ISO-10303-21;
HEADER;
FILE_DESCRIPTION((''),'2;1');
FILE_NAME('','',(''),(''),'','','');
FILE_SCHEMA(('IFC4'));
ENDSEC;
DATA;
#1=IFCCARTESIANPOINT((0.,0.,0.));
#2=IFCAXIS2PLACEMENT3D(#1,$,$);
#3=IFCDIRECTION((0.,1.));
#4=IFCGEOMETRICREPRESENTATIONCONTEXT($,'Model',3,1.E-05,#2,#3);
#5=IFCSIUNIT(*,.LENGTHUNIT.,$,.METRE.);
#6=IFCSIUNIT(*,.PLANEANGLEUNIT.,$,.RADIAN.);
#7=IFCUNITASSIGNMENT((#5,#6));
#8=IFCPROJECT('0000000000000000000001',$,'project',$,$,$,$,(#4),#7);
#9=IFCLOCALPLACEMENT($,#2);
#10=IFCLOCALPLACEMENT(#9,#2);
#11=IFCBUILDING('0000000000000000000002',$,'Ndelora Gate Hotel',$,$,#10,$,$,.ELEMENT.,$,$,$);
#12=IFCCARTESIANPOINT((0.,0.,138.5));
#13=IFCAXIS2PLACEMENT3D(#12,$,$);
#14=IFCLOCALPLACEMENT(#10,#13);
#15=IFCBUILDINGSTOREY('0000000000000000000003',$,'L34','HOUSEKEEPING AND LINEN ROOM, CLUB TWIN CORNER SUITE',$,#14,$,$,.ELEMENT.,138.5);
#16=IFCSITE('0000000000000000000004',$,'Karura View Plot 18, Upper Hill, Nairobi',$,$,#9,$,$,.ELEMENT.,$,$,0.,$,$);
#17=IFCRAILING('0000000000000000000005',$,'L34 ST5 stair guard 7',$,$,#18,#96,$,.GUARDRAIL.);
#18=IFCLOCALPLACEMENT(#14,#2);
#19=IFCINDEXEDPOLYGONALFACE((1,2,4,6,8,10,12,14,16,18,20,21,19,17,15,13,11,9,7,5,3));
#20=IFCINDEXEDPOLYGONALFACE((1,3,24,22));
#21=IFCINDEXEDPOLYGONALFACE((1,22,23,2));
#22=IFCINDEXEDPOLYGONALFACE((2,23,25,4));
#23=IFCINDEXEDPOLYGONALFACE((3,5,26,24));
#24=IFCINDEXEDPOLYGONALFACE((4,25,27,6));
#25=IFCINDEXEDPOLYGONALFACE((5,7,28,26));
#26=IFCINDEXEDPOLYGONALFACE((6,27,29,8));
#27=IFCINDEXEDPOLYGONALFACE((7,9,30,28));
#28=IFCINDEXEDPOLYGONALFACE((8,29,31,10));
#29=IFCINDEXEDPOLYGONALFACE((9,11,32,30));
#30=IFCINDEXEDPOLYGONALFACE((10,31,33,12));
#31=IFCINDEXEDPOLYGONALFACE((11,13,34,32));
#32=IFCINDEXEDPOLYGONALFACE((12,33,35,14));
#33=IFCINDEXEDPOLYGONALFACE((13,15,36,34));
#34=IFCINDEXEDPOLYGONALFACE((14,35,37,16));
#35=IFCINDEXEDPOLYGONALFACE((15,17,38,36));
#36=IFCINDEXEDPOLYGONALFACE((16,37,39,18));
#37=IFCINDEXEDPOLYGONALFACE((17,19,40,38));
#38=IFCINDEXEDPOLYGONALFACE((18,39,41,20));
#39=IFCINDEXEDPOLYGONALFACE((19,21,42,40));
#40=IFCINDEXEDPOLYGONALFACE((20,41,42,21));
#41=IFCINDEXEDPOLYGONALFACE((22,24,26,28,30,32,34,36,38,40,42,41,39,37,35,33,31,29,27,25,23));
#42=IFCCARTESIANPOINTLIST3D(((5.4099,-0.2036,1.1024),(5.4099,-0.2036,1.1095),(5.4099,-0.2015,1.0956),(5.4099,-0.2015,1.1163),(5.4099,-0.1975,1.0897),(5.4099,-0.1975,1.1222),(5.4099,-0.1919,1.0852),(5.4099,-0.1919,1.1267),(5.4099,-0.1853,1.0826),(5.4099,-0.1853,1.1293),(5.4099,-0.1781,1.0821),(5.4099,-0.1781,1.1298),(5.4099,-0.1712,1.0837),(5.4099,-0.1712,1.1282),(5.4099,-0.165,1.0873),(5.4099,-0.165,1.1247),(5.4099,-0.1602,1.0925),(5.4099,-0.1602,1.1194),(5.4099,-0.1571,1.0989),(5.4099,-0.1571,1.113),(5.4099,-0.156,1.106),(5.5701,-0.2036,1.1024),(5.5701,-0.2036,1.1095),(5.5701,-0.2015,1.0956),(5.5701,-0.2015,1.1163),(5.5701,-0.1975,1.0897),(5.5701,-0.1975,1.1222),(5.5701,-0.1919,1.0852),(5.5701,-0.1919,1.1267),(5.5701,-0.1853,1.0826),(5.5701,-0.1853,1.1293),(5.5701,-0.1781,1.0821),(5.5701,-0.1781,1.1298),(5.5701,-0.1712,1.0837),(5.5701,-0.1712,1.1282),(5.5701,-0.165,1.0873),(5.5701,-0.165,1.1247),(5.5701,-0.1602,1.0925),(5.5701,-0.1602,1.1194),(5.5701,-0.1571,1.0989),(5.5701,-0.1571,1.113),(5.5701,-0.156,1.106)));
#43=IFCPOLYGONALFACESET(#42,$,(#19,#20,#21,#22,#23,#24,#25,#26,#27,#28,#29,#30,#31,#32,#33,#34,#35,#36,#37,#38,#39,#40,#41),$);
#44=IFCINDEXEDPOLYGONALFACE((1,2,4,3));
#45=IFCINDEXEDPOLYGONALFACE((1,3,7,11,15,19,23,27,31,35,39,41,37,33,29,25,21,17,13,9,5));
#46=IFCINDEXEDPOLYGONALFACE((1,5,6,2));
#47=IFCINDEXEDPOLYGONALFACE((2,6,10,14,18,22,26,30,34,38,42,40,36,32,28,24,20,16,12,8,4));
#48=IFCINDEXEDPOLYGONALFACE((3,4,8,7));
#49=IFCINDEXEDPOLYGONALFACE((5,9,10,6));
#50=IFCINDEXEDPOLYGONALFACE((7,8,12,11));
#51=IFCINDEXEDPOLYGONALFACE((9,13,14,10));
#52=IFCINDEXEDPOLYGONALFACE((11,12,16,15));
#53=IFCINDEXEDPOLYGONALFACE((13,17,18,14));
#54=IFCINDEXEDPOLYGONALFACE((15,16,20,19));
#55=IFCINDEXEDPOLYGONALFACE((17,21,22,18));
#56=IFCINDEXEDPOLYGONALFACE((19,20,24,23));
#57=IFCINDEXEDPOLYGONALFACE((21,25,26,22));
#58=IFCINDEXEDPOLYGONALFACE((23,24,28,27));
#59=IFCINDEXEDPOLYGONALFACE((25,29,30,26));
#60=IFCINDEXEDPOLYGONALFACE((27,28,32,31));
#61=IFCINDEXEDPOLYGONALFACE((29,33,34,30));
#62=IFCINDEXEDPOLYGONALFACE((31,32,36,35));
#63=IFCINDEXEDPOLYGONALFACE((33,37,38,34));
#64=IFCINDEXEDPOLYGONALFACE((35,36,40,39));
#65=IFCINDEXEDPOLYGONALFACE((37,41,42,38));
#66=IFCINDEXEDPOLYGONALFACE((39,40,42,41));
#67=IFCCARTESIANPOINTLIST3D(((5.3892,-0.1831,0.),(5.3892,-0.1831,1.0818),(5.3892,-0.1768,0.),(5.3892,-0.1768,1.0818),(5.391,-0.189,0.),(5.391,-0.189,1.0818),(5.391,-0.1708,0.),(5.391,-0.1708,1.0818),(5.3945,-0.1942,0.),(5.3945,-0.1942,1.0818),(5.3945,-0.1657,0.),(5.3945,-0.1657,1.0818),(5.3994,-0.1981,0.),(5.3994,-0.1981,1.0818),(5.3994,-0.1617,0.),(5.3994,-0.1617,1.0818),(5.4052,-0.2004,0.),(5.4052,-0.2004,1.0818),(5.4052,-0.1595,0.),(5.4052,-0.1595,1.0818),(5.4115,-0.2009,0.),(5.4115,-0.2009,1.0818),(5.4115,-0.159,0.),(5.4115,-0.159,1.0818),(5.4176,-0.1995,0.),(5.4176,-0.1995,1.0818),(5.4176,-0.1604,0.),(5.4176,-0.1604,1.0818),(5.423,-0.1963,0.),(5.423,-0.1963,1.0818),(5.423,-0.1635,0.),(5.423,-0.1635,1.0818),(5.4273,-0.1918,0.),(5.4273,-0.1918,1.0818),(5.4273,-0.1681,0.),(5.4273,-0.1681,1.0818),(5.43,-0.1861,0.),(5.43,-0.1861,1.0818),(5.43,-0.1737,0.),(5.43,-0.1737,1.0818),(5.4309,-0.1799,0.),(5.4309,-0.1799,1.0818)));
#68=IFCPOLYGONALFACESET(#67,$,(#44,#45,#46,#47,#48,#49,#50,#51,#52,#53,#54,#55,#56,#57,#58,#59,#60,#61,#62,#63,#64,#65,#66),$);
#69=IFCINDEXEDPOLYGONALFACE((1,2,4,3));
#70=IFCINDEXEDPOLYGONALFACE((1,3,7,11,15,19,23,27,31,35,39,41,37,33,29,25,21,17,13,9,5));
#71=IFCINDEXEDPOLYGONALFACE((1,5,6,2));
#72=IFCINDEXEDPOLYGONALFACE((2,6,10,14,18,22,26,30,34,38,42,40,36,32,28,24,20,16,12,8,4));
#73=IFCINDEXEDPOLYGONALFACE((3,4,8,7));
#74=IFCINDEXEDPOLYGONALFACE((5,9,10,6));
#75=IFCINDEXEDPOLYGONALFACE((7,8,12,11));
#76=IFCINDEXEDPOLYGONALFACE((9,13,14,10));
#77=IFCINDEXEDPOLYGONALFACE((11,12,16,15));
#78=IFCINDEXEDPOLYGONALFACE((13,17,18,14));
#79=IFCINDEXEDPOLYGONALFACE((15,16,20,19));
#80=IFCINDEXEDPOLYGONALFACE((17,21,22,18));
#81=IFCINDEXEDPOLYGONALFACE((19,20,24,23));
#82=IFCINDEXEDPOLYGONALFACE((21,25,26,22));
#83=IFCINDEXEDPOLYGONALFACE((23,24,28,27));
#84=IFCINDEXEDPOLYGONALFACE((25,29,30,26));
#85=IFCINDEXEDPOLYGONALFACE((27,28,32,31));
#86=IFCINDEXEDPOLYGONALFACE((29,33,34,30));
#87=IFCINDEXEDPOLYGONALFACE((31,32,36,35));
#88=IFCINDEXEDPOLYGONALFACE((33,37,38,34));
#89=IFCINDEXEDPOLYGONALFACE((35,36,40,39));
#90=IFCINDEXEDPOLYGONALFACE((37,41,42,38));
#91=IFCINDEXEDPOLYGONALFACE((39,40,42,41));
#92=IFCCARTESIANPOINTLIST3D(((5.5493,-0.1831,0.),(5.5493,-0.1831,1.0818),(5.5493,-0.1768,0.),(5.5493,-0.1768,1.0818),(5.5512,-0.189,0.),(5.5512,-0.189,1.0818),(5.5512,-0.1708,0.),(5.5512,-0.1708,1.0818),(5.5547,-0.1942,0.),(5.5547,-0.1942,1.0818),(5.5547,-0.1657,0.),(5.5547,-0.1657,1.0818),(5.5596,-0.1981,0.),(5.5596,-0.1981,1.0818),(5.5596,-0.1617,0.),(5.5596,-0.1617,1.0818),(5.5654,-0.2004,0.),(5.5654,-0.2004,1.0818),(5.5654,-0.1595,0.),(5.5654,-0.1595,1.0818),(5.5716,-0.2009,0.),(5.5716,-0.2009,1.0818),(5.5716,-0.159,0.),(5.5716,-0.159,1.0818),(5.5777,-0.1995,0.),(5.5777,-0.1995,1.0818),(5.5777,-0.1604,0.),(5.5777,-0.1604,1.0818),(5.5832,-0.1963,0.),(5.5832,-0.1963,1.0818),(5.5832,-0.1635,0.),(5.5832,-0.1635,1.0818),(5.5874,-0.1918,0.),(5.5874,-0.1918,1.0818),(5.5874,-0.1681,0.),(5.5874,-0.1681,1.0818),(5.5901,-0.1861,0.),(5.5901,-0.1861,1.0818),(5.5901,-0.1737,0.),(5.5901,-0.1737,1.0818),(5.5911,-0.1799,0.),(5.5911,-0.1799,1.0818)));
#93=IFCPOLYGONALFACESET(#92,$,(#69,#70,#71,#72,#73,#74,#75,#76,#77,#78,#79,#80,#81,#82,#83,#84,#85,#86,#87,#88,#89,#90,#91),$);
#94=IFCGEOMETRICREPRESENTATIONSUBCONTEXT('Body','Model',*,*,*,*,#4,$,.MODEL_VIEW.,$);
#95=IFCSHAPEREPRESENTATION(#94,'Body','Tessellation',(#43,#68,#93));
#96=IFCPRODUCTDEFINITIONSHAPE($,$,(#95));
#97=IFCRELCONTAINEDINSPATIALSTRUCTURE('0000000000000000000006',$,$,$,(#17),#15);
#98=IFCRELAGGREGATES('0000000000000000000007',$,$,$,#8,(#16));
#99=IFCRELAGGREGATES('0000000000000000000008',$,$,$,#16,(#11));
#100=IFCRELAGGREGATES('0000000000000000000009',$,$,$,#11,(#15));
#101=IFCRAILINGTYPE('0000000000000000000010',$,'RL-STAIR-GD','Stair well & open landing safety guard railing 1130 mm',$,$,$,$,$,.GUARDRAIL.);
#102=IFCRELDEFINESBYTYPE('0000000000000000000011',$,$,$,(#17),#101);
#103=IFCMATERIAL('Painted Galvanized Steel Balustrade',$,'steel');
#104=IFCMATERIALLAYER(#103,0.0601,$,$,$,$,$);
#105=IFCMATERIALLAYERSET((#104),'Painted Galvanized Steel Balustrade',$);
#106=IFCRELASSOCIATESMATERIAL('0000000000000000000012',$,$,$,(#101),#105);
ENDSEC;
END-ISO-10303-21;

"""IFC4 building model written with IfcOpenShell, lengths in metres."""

from ifc_helpers import new_model, si_unit, direction, frame, origin, origin_2d, place, context, subcontext, project, spatial, circle, extrude, material, layer, layer_set, type_object, element, save


model = new_model("IFC4")

# Units and contexts
model_context = context("Model", 3, precision=1e-05, world=origin(), true_north=direction((0.0, 1.0)))
body_context = subcontext(model_context, "Body", "Model", "MODEL_VIEW")
ifc_project = project(units=[si_unit("LENGTHUNIT", "METRE"), si_unit("PLANEANGLEUNIT", "RADIAN")], contexts=[model_context])

# Site, building, storey
site_placement = place(None, origin())
site = spatial("IfcSite", under=ifc_project, at=site_placement, Name="Karura View Plot 18, Upper Hill, Nairobi", CompositionType="ELEMENT", RefElevation=0.0)
building_placement = place(site_placement, origin())
building = spatial("IfcBuilding", under=site, at=building_placement, Name="Ndelora Gate Hotel", CompositionType="ELEMENT")
storey_placement = place(building_placement, frame((0.0, 0.0, 138.5)))
storey = spatial("IfcBuildingStorey", under=building, at=storey_placement, Name="L34", Description="HOUSEKEEPING AND LINEN ROOM, CLUB TWIN CORNER SUITE", CompositionType="ELEMENT", Elevation=138.5)

# Railing
ifc_material_1 = material(Name="Painted Galvanized Steel Balustrade", Category="steel")
ifc_layer_1 = layer(ifc_material_1, 0.0601)
ifc_layer_set_1 = layer_set([ifc_layer_1], Name="Painted Galvanized Steel Balustrade")
railing_type_1 = type_object("IfcRailingType", Name="RL-STAIR-GD", Description="Stair well & open landing safety guard railing 1130 mm", PredefinedType="GUARDRAIL", material=ifc_layer_set_1)
railing_1_placement = place(storey_placement, frame((5.4099, -0.1799, 0.0)))
element("IfcRailing", 1, at=railing_1_placement, inside=storey, type_object=railing_type_1, Name="L34 ST5 stair guard 7", PredefinedType="GUARDRAIL", context=body_context, shape_type="SweptSolid", body=[
    extrude(circle(Radius=0.0239, at=origin_2d()), frame((0.0, 0.0, 1.106), z_axis=(1.0, 0.0, 0.0), x_axis=(0.0, 1.0, 0.0)), (0.0, 0.0, 1.0), 0.1602),
    extrude(circle(Radius=0.021, at=origin_2d()), origin(), (0.0, 0.0, 1.0), 1.0818),
    extrude(circle(Radius=0.021, at=origin_2d()), frame((0.1602, 0.0, 0.0)), (0.0, 0.0, 1.0), 1.0818),
])

save(model, "model.ifc")
